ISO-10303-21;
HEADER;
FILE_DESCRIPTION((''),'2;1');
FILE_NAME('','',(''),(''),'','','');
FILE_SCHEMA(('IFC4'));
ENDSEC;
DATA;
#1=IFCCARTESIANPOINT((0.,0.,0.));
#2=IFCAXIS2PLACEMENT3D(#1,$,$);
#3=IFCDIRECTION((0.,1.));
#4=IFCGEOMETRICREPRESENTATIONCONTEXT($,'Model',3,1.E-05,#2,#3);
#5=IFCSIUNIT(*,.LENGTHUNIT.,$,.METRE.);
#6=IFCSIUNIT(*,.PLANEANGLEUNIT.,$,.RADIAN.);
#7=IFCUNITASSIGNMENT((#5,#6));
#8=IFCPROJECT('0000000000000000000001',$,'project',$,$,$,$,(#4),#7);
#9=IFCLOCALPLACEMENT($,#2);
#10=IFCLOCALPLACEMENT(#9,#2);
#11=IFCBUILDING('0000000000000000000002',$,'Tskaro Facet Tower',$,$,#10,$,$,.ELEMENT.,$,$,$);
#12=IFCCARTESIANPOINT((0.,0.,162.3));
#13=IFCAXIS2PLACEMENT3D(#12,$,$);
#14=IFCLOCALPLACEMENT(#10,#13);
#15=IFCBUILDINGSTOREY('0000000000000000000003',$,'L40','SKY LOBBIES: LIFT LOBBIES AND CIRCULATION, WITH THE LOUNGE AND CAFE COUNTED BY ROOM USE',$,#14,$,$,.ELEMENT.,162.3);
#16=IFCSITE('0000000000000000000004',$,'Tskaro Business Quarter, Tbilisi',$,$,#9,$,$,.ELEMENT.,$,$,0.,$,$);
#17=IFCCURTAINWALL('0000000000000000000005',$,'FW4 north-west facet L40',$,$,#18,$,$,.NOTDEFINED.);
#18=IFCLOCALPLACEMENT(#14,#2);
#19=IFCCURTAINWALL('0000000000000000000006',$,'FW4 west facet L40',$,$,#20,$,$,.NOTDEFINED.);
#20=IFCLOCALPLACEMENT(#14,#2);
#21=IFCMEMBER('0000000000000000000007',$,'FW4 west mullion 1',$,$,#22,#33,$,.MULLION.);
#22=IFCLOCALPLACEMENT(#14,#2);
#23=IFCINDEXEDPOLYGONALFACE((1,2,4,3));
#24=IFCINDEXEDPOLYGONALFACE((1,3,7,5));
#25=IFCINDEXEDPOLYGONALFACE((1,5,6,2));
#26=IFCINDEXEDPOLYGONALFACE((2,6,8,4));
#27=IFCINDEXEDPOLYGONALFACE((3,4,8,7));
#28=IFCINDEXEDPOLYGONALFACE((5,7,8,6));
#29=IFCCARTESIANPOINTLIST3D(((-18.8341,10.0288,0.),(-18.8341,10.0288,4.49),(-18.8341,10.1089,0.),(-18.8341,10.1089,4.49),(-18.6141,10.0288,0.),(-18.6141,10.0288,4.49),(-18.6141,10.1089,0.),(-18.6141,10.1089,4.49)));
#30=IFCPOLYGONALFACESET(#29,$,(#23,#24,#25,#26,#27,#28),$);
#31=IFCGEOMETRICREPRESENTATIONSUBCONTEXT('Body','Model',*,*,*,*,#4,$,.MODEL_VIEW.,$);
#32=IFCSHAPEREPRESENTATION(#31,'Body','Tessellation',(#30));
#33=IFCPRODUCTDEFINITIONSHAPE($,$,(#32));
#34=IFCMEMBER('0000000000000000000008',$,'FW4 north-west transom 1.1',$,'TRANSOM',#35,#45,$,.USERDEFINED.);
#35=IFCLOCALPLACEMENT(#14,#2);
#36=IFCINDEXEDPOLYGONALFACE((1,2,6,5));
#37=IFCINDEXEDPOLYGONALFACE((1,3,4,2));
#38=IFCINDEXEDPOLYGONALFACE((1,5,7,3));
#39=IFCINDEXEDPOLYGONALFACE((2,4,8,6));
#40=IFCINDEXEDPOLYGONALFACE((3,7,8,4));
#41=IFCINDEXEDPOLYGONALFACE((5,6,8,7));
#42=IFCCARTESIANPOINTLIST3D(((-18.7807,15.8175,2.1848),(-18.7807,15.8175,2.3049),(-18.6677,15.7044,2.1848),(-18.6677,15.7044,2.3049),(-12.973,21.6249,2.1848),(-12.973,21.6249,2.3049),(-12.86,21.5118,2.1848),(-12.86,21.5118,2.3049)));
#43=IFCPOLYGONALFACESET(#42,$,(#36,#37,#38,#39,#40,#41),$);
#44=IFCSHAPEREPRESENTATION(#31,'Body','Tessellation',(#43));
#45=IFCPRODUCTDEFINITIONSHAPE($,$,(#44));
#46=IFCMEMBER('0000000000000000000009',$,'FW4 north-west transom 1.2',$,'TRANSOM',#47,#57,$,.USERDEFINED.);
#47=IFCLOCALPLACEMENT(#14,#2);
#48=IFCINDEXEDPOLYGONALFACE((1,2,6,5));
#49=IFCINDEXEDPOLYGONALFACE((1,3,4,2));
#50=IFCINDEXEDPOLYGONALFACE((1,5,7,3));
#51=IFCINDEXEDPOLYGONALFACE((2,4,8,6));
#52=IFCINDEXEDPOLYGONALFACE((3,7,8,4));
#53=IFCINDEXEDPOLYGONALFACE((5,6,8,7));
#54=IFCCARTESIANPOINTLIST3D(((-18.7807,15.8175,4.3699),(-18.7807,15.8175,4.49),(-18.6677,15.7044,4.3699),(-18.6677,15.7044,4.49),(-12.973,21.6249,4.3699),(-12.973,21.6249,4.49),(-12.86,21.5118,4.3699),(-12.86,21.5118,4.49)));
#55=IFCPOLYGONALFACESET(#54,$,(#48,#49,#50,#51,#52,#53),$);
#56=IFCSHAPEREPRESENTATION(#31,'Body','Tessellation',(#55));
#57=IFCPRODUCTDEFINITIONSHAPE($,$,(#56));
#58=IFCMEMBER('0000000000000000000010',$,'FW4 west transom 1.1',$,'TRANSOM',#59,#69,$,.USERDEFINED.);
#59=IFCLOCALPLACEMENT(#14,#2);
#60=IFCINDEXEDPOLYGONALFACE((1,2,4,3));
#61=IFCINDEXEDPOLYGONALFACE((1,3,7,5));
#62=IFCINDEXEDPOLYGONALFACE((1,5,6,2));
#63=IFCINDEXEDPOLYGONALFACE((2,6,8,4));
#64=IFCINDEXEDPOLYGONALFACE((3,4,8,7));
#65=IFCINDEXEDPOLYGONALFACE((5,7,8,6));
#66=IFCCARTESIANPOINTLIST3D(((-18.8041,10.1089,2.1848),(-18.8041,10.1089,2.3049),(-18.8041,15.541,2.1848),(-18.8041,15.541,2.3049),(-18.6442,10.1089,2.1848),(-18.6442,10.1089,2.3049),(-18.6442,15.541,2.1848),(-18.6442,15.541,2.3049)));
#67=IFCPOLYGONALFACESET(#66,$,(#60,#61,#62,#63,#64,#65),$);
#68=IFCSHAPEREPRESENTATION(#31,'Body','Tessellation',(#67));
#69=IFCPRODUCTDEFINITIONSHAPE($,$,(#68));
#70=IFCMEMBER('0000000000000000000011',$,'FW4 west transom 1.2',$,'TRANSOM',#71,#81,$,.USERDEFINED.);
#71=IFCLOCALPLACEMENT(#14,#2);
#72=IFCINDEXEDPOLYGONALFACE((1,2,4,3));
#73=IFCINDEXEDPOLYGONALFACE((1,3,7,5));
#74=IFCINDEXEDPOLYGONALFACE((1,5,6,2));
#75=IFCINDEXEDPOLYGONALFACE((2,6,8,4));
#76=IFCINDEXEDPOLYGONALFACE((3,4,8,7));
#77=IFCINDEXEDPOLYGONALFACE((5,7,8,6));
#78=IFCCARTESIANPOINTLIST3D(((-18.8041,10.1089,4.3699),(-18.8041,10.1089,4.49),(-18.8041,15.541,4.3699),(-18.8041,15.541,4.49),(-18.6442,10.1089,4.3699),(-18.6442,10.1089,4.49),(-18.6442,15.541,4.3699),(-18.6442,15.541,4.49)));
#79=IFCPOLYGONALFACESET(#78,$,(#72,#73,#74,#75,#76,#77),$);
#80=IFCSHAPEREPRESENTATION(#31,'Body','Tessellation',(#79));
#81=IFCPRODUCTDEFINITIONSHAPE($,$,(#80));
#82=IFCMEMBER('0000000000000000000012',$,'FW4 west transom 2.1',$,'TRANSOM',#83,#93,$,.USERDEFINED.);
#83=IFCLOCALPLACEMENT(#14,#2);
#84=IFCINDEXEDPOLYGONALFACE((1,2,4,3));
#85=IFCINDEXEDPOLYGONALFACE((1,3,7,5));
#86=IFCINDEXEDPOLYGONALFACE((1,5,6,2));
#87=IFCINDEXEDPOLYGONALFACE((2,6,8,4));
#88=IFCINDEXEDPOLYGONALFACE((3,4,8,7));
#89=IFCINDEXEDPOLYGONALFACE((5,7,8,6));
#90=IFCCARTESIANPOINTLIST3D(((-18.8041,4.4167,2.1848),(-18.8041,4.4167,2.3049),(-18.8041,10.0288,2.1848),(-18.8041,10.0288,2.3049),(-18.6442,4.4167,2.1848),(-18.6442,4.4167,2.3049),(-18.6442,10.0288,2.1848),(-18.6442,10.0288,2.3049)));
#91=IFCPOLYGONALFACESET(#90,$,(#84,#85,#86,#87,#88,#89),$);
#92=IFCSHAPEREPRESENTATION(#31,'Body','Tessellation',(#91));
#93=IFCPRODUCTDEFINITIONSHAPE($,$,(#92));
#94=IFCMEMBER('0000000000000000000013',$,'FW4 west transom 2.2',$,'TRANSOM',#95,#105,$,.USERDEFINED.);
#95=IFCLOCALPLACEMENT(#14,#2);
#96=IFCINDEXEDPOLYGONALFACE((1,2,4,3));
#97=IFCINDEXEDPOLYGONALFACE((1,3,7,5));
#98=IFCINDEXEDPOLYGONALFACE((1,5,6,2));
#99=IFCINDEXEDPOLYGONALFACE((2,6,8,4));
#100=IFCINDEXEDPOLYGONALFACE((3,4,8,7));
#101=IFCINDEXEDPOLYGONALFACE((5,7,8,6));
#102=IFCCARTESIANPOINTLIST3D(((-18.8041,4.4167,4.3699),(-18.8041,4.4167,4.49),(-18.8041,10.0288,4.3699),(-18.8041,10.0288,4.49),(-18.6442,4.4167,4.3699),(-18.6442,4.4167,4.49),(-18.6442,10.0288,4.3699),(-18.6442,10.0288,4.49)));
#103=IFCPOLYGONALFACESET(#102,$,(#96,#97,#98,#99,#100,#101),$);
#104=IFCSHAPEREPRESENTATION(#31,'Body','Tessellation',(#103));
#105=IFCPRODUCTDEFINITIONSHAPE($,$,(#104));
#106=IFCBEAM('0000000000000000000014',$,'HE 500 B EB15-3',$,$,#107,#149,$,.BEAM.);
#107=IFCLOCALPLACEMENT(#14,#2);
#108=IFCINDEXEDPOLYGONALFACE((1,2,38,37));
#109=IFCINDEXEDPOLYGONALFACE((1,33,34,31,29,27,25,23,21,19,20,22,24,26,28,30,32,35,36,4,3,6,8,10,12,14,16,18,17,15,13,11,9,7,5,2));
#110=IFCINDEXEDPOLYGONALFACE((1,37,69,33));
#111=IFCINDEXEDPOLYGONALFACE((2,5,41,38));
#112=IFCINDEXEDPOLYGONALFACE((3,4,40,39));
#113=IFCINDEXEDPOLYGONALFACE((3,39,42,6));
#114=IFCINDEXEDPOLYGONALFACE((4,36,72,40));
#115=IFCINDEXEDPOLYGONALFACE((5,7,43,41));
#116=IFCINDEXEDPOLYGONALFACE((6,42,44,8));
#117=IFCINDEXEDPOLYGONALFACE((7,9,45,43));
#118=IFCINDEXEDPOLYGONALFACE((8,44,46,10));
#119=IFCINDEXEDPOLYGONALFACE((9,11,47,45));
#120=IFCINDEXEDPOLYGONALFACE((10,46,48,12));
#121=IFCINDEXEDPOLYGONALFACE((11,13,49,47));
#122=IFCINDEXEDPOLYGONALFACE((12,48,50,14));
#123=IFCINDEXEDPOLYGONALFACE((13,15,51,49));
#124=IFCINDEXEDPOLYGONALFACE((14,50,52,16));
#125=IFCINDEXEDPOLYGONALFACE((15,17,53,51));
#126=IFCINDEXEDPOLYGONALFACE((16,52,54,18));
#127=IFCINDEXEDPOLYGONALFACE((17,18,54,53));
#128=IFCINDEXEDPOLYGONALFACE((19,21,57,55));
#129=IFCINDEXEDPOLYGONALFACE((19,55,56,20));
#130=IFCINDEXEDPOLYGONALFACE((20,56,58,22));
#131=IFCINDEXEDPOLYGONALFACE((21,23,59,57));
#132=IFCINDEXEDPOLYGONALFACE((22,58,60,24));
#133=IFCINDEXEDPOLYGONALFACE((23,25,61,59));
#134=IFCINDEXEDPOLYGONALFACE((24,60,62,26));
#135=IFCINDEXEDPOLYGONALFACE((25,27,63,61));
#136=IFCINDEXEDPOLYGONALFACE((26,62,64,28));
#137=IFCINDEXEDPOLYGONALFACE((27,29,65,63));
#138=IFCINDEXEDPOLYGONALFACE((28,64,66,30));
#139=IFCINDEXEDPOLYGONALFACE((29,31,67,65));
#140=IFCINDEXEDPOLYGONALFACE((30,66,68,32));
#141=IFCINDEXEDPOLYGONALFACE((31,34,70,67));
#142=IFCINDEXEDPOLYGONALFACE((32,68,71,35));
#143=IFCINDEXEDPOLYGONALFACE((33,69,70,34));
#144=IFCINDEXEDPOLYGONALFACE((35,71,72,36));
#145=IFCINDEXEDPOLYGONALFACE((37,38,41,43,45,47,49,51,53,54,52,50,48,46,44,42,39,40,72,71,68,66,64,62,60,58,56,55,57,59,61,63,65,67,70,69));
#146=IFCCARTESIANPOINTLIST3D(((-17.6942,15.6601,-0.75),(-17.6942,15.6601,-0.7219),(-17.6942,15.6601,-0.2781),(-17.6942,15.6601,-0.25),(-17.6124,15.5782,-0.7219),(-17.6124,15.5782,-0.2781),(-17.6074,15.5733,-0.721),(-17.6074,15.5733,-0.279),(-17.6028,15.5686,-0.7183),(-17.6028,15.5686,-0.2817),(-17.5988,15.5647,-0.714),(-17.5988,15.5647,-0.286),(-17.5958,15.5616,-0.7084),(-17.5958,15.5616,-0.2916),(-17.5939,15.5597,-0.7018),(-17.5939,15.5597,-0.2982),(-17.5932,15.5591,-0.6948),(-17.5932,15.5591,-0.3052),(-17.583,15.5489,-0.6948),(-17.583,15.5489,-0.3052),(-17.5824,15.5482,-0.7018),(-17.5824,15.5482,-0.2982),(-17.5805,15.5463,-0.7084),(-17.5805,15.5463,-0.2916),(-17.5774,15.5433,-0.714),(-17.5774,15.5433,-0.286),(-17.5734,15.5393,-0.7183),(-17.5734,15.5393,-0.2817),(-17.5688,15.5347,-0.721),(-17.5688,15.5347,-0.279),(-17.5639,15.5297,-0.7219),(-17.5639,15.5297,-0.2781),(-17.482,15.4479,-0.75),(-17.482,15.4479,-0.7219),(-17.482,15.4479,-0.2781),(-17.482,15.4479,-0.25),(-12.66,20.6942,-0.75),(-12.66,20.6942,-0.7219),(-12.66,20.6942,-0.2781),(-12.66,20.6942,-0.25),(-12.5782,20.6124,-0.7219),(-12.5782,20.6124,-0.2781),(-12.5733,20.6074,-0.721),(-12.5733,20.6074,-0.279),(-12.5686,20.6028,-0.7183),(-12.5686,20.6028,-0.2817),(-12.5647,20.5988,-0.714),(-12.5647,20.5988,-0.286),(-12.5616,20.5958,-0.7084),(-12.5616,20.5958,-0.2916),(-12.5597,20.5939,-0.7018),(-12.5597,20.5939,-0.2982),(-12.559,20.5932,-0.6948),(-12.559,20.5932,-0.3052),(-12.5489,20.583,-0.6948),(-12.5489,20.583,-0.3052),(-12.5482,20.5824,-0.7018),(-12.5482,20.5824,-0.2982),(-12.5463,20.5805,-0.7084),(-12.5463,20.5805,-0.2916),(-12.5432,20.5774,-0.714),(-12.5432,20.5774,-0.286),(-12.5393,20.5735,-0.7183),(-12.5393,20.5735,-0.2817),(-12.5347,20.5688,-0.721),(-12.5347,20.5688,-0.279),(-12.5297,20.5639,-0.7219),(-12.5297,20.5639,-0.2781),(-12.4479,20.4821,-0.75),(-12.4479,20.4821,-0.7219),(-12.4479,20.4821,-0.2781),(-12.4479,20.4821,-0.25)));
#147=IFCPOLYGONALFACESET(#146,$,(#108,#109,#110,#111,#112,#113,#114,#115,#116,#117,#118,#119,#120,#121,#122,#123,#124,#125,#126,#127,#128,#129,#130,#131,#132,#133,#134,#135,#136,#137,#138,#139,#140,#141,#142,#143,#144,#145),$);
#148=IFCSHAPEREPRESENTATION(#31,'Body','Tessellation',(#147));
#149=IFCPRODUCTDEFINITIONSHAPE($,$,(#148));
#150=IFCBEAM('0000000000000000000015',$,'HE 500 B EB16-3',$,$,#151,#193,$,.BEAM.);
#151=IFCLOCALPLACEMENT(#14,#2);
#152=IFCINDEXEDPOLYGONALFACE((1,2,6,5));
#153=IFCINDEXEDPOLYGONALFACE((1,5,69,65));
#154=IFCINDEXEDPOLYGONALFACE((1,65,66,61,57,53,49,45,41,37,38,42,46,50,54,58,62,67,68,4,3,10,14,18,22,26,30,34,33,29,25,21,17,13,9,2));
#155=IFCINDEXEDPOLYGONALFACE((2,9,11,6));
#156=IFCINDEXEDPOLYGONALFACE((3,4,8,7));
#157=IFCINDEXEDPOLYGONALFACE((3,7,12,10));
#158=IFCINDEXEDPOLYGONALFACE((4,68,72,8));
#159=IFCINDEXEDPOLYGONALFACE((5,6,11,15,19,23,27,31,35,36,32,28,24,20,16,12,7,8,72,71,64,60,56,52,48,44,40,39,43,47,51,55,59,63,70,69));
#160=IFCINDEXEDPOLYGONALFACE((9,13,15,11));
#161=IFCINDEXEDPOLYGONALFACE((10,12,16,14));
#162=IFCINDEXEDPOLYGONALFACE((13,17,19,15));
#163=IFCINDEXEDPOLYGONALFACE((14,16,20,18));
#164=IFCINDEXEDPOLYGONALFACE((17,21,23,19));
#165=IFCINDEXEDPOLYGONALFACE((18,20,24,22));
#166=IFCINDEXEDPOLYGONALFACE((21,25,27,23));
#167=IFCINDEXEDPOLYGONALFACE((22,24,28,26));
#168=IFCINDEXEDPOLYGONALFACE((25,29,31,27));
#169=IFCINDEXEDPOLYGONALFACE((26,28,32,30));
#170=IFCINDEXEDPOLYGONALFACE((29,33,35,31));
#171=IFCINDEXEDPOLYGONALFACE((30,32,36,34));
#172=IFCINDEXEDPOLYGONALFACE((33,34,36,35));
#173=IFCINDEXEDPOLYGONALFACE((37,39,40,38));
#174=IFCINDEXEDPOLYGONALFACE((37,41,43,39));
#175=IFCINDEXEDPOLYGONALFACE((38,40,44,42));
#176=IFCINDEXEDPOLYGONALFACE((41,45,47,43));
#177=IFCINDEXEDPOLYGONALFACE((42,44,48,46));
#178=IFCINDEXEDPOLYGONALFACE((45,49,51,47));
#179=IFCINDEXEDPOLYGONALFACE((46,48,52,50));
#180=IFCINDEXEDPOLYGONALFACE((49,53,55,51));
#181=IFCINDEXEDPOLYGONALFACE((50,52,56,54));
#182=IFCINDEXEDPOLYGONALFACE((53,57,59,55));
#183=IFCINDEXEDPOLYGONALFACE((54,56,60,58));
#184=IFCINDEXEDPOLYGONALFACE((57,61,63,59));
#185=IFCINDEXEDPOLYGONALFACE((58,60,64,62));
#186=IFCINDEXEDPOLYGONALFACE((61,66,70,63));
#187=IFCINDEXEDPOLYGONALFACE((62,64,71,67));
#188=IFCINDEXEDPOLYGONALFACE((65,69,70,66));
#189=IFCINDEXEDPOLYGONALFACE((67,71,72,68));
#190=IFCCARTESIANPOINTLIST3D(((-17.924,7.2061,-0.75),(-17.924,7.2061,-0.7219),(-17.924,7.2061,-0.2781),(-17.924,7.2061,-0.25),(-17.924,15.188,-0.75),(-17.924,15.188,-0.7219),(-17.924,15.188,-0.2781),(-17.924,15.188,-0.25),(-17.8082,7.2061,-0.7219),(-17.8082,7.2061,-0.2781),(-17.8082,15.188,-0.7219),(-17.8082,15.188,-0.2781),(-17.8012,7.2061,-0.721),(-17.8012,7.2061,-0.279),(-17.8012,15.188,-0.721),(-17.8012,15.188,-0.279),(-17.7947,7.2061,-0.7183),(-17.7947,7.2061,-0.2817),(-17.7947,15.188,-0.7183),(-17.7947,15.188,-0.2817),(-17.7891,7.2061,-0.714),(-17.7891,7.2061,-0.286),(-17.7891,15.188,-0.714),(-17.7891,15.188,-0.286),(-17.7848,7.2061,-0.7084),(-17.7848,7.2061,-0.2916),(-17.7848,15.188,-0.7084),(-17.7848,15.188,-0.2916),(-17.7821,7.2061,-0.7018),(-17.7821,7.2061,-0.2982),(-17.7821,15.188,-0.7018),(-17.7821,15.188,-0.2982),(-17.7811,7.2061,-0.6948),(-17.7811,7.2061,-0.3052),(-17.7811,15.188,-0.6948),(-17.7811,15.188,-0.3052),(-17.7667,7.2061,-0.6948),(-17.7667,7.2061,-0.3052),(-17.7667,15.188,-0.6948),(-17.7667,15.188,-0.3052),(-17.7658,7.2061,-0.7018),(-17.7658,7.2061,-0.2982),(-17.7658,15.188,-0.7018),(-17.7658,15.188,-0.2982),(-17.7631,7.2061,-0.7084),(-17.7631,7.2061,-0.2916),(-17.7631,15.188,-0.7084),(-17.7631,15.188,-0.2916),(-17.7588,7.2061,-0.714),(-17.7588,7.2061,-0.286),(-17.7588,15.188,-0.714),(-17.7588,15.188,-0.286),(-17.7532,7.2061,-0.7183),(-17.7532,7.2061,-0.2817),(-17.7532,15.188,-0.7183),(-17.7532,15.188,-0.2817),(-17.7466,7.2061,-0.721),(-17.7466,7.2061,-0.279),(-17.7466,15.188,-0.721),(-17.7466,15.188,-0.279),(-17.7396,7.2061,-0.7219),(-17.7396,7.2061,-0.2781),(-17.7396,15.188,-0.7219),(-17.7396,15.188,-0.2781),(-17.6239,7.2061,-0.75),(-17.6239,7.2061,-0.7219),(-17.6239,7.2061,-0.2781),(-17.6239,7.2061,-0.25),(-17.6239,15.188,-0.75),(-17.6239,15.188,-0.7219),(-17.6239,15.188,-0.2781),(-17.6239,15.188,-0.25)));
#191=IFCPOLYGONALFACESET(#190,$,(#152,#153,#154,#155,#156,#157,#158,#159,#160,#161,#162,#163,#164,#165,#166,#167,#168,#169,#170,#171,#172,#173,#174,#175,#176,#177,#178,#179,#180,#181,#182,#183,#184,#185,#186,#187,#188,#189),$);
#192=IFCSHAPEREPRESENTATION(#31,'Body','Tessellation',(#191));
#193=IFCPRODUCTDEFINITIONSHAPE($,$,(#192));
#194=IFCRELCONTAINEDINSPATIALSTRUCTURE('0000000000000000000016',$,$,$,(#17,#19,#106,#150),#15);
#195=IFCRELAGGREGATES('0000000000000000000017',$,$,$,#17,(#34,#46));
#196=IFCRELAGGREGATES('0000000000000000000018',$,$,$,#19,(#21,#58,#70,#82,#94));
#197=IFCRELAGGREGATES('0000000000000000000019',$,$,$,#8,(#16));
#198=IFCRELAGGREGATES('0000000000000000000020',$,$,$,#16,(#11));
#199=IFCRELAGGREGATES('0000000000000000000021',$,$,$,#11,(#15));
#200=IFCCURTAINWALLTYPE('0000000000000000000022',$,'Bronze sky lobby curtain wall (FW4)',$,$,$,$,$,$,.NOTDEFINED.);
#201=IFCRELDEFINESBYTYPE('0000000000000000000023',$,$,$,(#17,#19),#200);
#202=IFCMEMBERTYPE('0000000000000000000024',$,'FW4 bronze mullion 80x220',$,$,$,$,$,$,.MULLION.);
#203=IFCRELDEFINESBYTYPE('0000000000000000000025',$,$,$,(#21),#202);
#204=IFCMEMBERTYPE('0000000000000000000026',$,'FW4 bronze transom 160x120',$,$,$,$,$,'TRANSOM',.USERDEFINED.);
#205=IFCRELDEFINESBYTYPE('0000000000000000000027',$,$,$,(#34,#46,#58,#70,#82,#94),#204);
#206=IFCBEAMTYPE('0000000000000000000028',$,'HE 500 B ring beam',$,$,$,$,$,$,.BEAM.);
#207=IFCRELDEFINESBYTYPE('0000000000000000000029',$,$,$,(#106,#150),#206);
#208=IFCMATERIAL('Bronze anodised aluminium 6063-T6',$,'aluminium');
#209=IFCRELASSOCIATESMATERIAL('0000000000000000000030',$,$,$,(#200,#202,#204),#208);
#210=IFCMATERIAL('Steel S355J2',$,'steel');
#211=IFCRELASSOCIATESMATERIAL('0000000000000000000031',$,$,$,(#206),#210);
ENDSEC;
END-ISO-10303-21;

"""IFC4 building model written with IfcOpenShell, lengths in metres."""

from ifc_helpers import new_model, si_unit, direction, frame, origin, origin_2d, place, context, subcontext, project, spatial, rectangle, i_section, extrude, material, material_profile, profile_set, type_object, element, aggregate, save


model = new_model("IFC4")

# Units and contexts
model_context = context("Model", 3, precision=1e-05, world=origin(), true_north=direction((0.0, 1.0)))
body_context = subcontext(model_context, "Body", "Model", "MODEL_VIEW")
ifc_project = project(units=[si_unit("LENGTHUNIT", "METRE"), si_unit("PLANEANGLEUNIT", "RADIAN")], contexts=[model_context])

# Site, building, storey
site_placement = place(None, origin())
site = spatial("IfcSite", under=ifc_project, at=site_placement, Name="Tskaro Business Quarter, Tbilisi", CompositionType="ELEMENT", RefElevation=0.0)
building_placement = place(site_placement, origin())
building = spatial("IfcBuilding", under=site, at=building_placement, Name="Tskaro Facet Tower", CompositionType="ELEMENT")
storey_placement = place(building_placement, frame((0.0, 0.0, 162.3)))
storey = spatial("IfcBuildingStorey", under=building, at=storey_placement, Name="L40", Description="SKY LOBBIES: LIFT LOBBIES AND CIRCULATION, WITH THE LOUNGE AND CAFE COUNTED BY ROOM USE", CompositionType="ELEMENT", Elevation=162.3)

# Curtain wall
ifc_material_1 = material(Name="Bronze anodised aluminium 6063-T6", Category="aluminium")
curtain_wall_type = type_object("IfcCurtainWallType", Name="Bronze sky lobby curtain wall (FW4)", PredefinedType="NOTDEFINED", material=ifc_material_1)
curtain_wall_1_placement = place(storey_placement, origin())
curtain_wall_1 = element("IfcCurtainWall", 1, at=curtain_wall_1_placement, inside=storey, type_object=curtain_wall_type, Name="FW4 north-west facet L40", PredefinedType="NOTDEFINED")

# Curtain wall, member
curtain_wall_2_placement = place(storey_placement, origin())
curtain_wall_2 = element("IfcCurtainWall", 2, at=curtain_wall_2_placement, inside=storey, type_object=curtain_wall_type, Name="FW4 west facet L40", PredefinedType="NOTDEFINED")
ifc_material_profile_1 = material_profile(ifc_material_1, rectangle(XDim=0.0801, YDim=0.22, at=origin_2d()), Name="Mullion 80x220")
ifc_profile_set_1 = profile_set([ifc_material_profile_1], Name="Bronze anodised aluminium 6063-T6")
member_type_1 = type_object("IfcMemberType", Name="FW4 bronze mullion 80x220", PredefinedType="MULLION", material=ifc_profile_set_1)
member_1_placement = place(storey_placement, frame((-18.7241, 10.0688, 0.0), z_axis=(0.0, 0.0, 1.0), x_axis=(0.0, -1.0, 0.0)))
member_1 = element("IfcMember", 3, at=member_1_placement, type_object=member_type_1, Name="FW4 west mullion 1", PredefinedType="MULLION", context=body_context, shape_type="SweptSolid", body=[
    extrude(rectangle(XDim=0.0801, YDim=0.22, at=origin_2d()), origin(), (0.0, 0.0, 1.0), 4.49),
])

# Members
ifc_material_profile_2 = material_profile(ifc_material_1, rectangle(XDim=0.1599, YDim=0.1201, at=origin_2d()), Name="Transom 160x120")
ifc_profile_set_2 = profile_set([ifc_material_profile_2], Name="Bronze anodised aluminium 6063-T6")
member_type_2 = type_object("IfcMemberType", Name="FW4 bronze transom 160x120", ElementType="TRANSOM", PredefinedType="USERDEFINED", material=ifc_profile_set_2)
member_2_placement = place(storey_placement, frame((-12.9165, 21.5684, 2.2449), z_axis=(-0.707122, -0.707092, 0.0), x_axis=(0.707092, -0.707122, 0.0)))
member_2 = element("IfcMember", 4, at=member_2_placement, type_object=member_type_2, Name="FW4 north-west transom 1.1", ObjectType="TRANSOM", PredefinedType="USERDEFINED", context=body_context, shape_type="SweptSolid", body=[
    extrude(rectangle(XDim=0.1599, YDim=0.1201, at=origin_2d()), origin(), (0.0, 0.0, 1.0), 8.2131),
])
member_3_placement = place(storey_placement, frame((-12.9165, 21.5684, 4.4299), z_axis=(-0.707122, -0.707092, 0.0), x_axis=(0.707092, -0.707122, 0.0)))
member_3 = element("IfcMember", 5, at=member_3_placement, type_object=member_type_2, Name="FW4 north-west transom 1.2", ObjectType="TRANSOM", PredefinedType="USERDEFINED", context=body_context, shape_type="SweptSolid", body=[
    extrude(rectangle(XDim=0.1599, YDim=0.1201, at=origin_2d()), origin(), (0.0, 0.0, 1.0), 8.2131),
])
member_4_placement = place(storey_placement, frame((-18.7241, 15.541, 2.2449), z_axis=(0.0, -1.0, 0.0), x_axis=(1.0, 0.0, 0.0)))
member_4 = element("IfcMember", 6, at=member_4_placement, type_object=member_type_2, Name="FW4 west transom 1.1", ObjectType="TRANSOM", PredefinedType="USERDEFINED", context=body_context, shape_type="SweptSolid", body=[
    extrude(rectangle(XDim=0.1599, YDim=0.1201, at=origin_2d()), origin(), (0.0, 0.0, 1.0), 5.4321),
])
member_5_placement = place(storey_placement, frame((-18.7241, 15.541, 4.4299), z_axis=(0.0, -1.0, 0.0), x_axis=(1.0, 0.0, 0.0)))
member_5 = element("IfcMember", 7, at=member_5_placement, type_object=member_type_2, Name="FW4 west transom 1.2", ObjectType="TRANSOM", PredefinedType="USERDEFINED", context=body_context, shape_type="SweptSolid", body=[
    extrude(rectangle(XDim=0.1599, YDim=0.1201, at=origin_2d()), origin(), (0.0, 0.0, 1.0), 5.4321),
])
member_6_placement = place(storey_placement, frame((-18.7241, 10.0288, 2.2449), z_axis=(0.0, -1.0, 0.0), x_axis=(1.0, 0.0, 0.0)))
member_6 = element("IfcMember", 8, at=member_6_placement, type_object=member_type_2, Name="FW4 west transom 2.1", ObjectType="TRANSOM", PredefinedType="USERDEFINED", context=body_context, shape_type="SweptSolid", body=[
    extrude(rectangle(XDim=0.1599, YDim=0.1201, at=origin_2d()), origin(), (0.0, 0.0, 1.0), 5.6121),
])
member_7_placement = place(storey_placement, frame((-18.7241, 10.0288, 4.4299), z_axis=(0.0, -1.0, 0.0), x_axis=(1.0, 0.0, 0.0)))
member_7 = element("IfcMember", 9, at=member_7_placement, type_object=member_type_2, Name="FW4 west transom 2.2", ObjectType="TRANSOM", PredefinedType="USERDEFINED", context=body_context, shape_type="SweptSolid", body=[
    extrude(rectangle(XDim=0.1599, YDim=0.1201, at=origin_2d()), origin(), (0.0, 0.0, 1.0), 5.6121),
])

# Beams
ifc_material_2 = material(Name="Steel S355J2", Category="steel")
ifc_material_profile_3 = material_profile(ifc_material_2, i_section(OverallWidth=0.3, OverallDepth=0.5, WebThickness=0.0144, FlangeThickness=0.0281, FilletRadius=0.0271, at=origin_2d()), Name="HE 500 B")
ifc_profile_set_3 = profile_set([ifc_material_profile_3], Name="Steel S355J2")
beam_type_1 = type_object("IfcBeamType", Name="HE 500 B ring beam", PredefinedType="BEAM", material=ifc_profile_set_3)
beam_1_placement = place(storey_placement, frame((-12.554, 20.5881, -0.5), z_axis=(-0.707107, -0.707107, 0.0), x_axis=(0.707107, -0.707107, 0.0)))
element("IfcBeam", 10, at=beam_1_placement, inside=storey, type_object=beam_type_1, Name="HE 500 B EB15-3", PredefinedType="BEAM", context=body_context, shape_type="SweptSolid", body=[
    extrude(i_section(OverallWidth=0.3, OverallDepth=0.5, WebThickness=0.0144, FlangeThickness=0.0281, FilletRadius=0.0271, at=origin_2d()), origin(), (0.0, 0.0, 1.0), 7.1194),
])
beam_2_placement = place(storey_placement, frame((-17.7739, 15.188, -0.5), z_axis=(0.0, -1.0, 0.0), x_axis=(1.0, 0.0, 0.0)))
element("IfcBeam", 11, at=beam_2_placement, inside=storey, type_object=beam_type_1, Name="HE 500 B EB16-3", PredefinedType="BEAM", context=body_context, shape_type="SweptSolid", body=[
    extrude(i_section(OverallWidth=0.3, OverallDepth=0.5, WebThickness=0.0144, FlangeThickness=0.0281, FilletRadius=0.0271, at=origin_2d()), origin(), (0.0, 0.0, 1.0), 7.9819),
])

aggregate(curtain_wall_1, [member_2, member_3])
aggregate(curtain_wall_2, [member_1, member_4, member_5, member_6, member_7])

save(model, "model.ifc")
